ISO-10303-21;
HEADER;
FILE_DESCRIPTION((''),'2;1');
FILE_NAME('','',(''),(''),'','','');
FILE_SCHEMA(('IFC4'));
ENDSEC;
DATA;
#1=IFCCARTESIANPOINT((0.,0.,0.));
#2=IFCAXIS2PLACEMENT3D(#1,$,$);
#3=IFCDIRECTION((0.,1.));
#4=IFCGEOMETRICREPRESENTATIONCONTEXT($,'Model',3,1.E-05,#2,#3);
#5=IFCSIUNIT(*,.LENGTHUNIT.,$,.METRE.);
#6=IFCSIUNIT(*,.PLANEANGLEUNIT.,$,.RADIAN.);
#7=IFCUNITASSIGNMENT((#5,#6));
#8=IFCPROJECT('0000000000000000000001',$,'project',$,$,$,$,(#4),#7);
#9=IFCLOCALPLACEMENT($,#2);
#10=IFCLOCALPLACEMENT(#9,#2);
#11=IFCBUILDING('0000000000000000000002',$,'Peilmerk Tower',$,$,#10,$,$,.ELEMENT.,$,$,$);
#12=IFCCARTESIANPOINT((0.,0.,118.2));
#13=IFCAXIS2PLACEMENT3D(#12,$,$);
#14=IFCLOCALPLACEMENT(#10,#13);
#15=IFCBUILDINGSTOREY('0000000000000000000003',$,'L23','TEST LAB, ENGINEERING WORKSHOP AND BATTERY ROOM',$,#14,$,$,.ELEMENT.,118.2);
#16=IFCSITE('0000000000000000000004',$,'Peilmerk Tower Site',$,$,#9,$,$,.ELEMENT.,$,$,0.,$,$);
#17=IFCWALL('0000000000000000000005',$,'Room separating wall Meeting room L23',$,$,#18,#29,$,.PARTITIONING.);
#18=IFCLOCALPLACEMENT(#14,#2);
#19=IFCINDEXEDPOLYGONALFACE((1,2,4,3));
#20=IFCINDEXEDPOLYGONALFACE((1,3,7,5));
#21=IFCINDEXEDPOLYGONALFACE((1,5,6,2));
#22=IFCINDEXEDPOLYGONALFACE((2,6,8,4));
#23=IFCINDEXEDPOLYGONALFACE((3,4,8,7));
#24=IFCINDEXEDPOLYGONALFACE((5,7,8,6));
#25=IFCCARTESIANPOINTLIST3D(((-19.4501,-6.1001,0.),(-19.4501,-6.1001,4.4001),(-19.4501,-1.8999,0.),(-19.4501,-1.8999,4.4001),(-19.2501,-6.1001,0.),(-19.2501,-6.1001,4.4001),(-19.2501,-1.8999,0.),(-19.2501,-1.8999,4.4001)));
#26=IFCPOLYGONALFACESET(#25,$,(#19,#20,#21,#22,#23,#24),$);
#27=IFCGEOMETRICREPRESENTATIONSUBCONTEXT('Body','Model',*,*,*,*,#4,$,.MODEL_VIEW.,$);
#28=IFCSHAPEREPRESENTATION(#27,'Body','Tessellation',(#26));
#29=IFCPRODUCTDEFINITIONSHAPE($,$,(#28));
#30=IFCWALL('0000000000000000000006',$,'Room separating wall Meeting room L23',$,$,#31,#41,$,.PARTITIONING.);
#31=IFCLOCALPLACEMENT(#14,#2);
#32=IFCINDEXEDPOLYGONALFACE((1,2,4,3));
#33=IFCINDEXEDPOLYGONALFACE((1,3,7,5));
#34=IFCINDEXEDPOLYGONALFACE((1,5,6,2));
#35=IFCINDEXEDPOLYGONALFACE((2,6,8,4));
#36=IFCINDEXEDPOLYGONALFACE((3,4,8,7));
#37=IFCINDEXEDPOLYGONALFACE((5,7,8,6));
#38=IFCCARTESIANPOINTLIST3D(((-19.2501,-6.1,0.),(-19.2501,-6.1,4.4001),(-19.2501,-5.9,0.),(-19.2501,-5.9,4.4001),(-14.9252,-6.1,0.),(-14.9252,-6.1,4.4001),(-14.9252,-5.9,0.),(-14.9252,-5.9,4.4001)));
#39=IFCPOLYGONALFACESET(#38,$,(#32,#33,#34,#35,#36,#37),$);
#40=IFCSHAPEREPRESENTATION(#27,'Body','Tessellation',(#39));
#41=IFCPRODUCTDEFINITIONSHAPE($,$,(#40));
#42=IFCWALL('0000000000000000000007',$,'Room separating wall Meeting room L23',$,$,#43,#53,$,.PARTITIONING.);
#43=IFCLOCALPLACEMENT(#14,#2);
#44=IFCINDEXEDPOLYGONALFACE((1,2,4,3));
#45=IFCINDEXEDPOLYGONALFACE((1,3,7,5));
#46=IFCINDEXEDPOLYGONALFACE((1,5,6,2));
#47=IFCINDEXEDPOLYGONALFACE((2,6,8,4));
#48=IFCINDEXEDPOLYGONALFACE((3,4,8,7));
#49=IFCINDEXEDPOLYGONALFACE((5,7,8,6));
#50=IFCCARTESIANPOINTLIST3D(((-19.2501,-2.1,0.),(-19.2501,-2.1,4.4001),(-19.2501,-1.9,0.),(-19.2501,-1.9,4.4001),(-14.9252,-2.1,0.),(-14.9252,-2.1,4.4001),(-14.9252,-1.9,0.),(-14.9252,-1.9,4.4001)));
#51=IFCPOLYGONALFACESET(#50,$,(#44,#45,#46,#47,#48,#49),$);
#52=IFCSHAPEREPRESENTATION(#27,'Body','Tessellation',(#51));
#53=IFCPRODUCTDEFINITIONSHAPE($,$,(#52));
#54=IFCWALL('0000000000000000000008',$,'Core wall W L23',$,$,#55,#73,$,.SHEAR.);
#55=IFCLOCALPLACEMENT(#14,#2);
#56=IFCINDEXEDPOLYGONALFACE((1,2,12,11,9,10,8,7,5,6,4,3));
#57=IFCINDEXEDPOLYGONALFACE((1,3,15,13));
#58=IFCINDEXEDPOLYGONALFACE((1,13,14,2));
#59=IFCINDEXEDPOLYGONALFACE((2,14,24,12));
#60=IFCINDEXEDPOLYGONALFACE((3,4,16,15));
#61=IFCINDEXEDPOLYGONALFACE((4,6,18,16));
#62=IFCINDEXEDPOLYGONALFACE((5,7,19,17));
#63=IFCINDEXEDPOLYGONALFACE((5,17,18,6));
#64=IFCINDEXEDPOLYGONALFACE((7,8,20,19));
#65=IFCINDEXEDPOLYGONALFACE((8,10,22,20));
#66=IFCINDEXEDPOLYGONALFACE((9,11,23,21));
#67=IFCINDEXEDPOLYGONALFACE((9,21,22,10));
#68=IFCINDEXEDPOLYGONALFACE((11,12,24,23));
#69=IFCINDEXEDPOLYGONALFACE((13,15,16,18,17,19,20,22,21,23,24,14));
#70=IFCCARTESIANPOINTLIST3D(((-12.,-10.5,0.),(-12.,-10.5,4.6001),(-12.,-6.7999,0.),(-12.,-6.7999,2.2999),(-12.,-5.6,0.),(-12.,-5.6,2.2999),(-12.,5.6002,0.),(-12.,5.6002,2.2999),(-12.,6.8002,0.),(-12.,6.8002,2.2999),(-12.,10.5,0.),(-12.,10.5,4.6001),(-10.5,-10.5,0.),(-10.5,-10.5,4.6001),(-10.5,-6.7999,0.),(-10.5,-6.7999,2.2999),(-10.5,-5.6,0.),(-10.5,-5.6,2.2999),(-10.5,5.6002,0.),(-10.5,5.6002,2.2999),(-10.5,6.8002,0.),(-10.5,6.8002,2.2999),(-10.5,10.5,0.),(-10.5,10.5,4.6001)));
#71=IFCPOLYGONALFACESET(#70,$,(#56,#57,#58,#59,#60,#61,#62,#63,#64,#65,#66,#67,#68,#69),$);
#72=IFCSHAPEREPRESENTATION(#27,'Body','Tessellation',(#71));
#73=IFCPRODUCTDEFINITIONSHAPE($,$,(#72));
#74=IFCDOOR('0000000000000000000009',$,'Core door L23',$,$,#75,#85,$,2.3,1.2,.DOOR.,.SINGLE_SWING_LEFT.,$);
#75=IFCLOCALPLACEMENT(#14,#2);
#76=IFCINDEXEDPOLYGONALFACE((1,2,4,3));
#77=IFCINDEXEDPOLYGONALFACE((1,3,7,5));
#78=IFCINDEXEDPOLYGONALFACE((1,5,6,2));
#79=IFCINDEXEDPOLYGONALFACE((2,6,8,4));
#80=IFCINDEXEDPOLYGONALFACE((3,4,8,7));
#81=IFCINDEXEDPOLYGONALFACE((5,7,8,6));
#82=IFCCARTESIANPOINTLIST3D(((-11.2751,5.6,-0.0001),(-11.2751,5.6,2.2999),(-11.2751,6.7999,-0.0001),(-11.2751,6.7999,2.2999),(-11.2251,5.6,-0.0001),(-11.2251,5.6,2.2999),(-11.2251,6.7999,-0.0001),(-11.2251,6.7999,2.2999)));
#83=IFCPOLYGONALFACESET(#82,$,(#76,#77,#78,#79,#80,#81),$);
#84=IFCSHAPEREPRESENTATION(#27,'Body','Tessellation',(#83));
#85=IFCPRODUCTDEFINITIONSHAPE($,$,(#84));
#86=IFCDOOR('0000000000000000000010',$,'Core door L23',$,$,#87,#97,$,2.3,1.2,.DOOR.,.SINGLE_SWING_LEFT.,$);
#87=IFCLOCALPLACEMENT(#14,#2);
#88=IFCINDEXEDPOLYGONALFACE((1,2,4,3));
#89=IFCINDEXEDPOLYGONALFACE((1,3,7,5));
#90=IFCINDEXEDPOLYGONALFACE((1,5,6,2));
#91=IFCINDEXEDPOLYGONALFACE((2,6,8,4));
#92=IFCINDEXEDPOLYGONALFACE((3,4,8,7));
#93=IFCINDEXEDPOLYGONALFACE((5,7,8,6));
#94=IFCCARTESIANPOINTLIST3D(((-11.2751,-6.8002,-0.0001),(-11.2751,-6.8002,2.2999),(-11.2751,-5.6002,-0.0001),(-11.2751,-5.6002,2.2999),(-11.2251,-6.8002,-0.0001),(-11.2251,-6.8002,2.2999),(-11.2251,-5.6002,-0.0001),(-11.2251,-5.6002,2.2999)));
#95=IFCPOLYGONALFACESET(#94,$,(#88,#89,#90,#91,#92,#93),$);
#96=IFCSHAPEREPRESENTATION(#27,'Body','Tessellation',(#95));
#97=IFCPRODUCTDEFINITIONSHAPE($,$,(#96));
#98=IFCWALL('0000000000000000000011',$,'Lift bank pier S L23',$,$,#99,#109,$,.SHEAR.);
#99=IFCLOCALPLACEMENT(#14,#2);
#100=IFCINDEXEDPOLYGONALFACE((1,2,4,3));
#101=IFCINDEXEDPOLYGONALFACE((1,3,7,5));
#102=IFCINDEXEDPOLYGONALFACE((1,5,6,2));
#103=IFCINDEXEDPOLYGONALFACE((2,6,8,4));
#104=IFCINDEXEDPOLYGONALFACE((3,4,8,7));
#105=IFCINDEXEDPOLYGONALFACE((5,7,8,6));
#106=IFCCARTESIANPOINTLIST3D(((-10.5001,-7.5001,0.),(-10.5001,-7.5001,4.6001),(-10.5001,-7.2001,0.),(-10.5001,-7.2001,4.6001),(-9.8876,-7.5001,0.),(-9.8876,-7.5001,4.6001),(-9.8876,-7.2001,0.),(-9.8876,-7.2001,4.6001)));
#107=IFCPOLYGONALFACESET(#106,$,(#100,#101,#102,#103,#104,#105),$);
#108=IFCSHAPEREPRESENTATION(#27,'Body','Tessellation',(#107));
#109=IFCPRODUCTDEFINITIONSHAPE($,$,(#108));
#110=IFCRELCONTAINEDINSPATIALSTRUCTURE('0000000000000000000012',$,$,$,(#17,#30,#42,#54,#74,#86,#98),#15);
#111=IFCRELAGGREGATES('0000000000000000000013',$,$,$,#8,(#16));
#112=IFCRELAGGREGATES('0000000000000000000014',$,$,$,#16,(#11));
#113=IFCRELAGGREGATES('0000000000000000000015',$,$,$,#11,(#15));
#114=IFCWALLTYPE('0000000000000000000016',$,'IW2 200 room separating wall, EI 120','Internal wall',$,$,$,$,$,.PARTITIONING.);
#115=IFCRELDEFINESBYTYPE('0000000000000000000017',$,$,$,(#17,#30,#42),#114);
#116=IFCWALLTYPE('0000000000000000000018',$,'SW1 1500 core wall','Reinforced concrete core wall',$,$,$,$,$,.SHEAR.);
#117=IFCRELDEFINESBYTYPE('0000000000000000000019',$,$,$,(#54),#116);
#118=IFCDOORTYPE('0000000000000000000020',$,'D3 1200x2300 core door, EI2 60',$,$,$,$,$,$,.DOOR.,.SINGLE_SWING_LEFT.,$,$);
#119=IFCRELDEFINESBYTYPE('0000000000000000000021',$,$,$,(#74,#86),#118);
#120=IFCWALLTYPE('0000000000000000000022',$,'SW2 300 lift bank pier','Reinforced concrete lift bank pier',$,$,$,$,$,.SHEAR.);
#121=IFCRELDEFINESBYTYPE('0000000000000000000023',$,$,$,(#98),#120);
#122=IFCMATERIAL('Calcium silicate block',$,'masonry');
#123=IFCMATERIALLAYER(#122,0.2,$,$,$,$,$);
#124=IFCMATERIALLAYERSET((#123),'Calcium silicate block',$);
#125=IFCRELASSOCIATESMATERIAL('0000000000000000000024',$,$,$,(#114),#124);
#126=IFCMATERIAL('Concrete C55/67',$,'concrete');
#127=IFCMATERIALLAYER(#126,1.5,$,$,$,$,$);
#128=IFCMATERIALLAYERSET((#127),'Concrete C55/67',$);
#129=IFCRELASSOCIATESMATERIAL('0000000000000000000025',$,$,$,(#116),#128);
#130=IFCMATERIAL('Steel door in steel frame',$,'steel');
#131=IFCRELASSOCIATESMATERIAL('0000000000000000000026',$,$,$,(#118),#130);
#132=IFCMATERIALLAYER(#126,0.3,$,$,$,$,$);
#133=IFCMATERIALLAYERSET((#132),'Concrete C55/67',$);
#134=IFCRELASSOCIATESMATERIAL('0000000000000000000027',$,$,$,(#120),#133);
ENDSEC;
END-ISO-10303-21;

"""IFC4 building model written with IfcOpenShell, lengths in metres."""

from ifc_helpers import new_model, si_unit, direction, frame, frame_2d, origin, place, context, subcontext, project, spatial, rectangle, extrude, material, layer, layer_set, type_object, element, fill, save


model = new_model("IFC4")

# Units and contexts
model_context = context("Model", 3, precision=1e-05, world=origin(), true_north=direction((0.0, 1.0)))
body_context = subcontext(model_context, "Body", "Model", "MODEL_VIEW")
ifc_project = project(units=[si_unit("LENGTHUNIT", "METRE"), si_unit("PLANEANGLEUNIT", "RADIAN")], contexts=[model_context])

# Site, building, storey
site_placement = place(None, origin())
site = spatial("IfcSite", under=ifc_project, at=site_placement, Name="Peilmerk Tower Site", CompositionType="ELEMENT", RefElevation=0.0)
building_placement = place(site_placement, origin())
building = spatial("IfcBuilding", under=site, at=building_placement, Name="Peilmerk Tower", CompositionType="ELEMENT")
storey_placement = place(building_placement, frame((0.0, 0.0, 118.2)))
storey = spatial("IfcBuildingStorey", under=building, at=storey_placement, Name="L23", Description="TEST LAB, ENGINEERING WORKSHOP AND BATTERY ROOM", CompositionType="ELEMENT", Elevation=118.2)

# Walls
ifc_material_1 = material(Name="Calcium silicate block", Category="masonry")
ifc_layer_1 = layer(ifc_material_1, 0.2)
ifc_layer_set_1 = layer_set([ifc_layer_1], Name="Calcium silicate block")
wall_type_1 = type_object("IfcWallType", Name="IW2 200 room separating wall, EI 120", Description="Internal wall", PredefinedType="PARTITIONING", material=ifc_layer_set_1)
wall_1_placement = place(storey_placement, frame((-19.3501, -6.1001, 0.0), z_axis=(0.0, 0.0, 1.0), x_axis=(0.0, 1.0, 0.0)))
element("IfcWall", 1, at=wall_1_placement, inside=storey, type_object=wall_type_1, Name="Room separating wall Meeting room L23", PredefinedType="PARTITIONING", context=body_context, shape_type="SweptSolid", body=[
    extrude(rectangle(XDim=4.2002, YDim=0.2, at=frame_2d((2.1001, 0.0))), origin(), (0.0, 0.0, 1.0), 4.4001),
])
for number, where, z_axis, x_axis, name in (
    (2, (-14.925, -6.0, 0.0), (0.0, 0.0, 1.0), (-1.0, 0.0, 0.0), "Room separating wall Meeting room L23"),
    (3, (-14.925, -2.0, 0.0), (0.0, 0.0, 1.0), (-1.0, 0.0, 0.0), "Room separating wall Meeting room L23"),
):
    element("IfcWall", number, at=place(storey_placement, frame(where, z_axis=z_axis, x_axis=x_axis)), inside=storey, type_object=wall_type_1, Name=name, PredefinedType="PARTITIONING", context=body_context, shape_type="SweptSolid", body=[
        extrude(rectangle(XDim=4.325, YDim=0.2, at=frame_2d((2.1626, 0.0))), origin(), (0.0, 0.0, 1.0), 4.4001),
    ])

# Wall, openings, doors
ifc_material_2 = material(Name="Concrete C55/67", Category="concrete")
ifc_layer_2 = layer(ifc_material_2, 1.5)
ifc_layer_set_2 = layer_set([ifc_layer_2], Name="Concrete C55/67")
wall_type_2 = type_object("IfcWallType", Name="SW1 1500 core wall", Description="Reinforced concrete core wall", PredefinedType="SHEAR", material=ifc_layer_set_2)
wall_2_placement = place(storey_placement, frame((-11.25, -10.5, 0.0), z_axis=(0.0, 0.0, 1.0), x_axis=(0.0, 1.0, 0.0)))
wall_2 = element("IfcWall", 4, at=wall_2_placement, inside=storey, type_object=wall_type_2, Name="Core wall W L23", PredefinedType="SHEAR", context=body_context, shape_type="SweptSolid", body=[
    extrude(rectangle(XDim=21.0, YDim=1.5, at=frame_2d((10.5, 0.0))), origin(), (0.0, 0.0, 1.0), 4.6001),
])
opening_1_placement = place(wall_2_placement, frame((16.1001, 0.0, 0.0)))
opening_1 = element("IfcOpeningElement", 5, at=opening_1_placement, cuts=wall_2, PredefinedType="OPENING", context=body_context, shape_type="SweptSolid", body=[
    extrude(rectangle(XDim=1.2, YDim=2.3, at=frame_2d((0.6001, 1.1499))), frame((0.0, 0.76, 0.0), z_axis=(0.0, -1.0, 0.0), x_axis=(1.0, 0.0, 0.0)), (0.0, 0.0, 1.0), 1.52),
])
opening_2_placement = place(wall_2_placement, frame((3.7, 0.0, 0.0)))
opening_2 = element("IfcOpeningElement", 6, at=opening_2_placement, cuts=wall_2, PredefinedType="OPENING", context=body_context, shape_type="SweptSolid", body=[
    extrude(rectangle(XDim=1.2, YDim=2.3, at=frame_2d((0.6001, 1.1499))), frame((0.0, 0.76, 0.0), z_axis=(0.0, -1.0, 0.0), x_axis=(1.0, 0.0, 0.0)), (0.0, 0.0, 1.0), 1.52),
])
ifc_material_3 = material(Name="Steel door in steel frame", Category="steel")
door_type = type_object("IfcDoorType", Name="D3 1200x2300 core door, EI2 60", OperationType="SINGLE_SWING_LEFT", PredefinedType="DOOR", material=ifc_material_3)
door_1_placement = place(opening_1_placement, frame((1.2, 0.0, 0.0), z_axis=(0.0, 0.0, 1.0), x_axis=(-1.0, 0.0, 0.0)))
door_1 = element("IfcDoor", 7, at=door_1_placement, inside=storey, type_object=door_type, Name="Core door L23", OperationType="SINGLE_SWING_LEFT", OverallHeight=2.3, OverallWidth=1.2, PredefinedType="DOOR", context=body_context, shape_type="SweptSolid", body=[
    extrude(rectangle(XDim=1.2, YDim=2.3, at=frame_2d((0.6001, 1.1499))), frame((0.0, 0.0249, 0.0), z_axis=(0.0, -1.0, 0.0), x_axis=(1.0, 0.0, 0.0)), (0.0, 0.0, 1.0), 0.05),
])
fill(opening_1, door_1)
door_2_placement = place(opening_2_placement, frame((1.2, 0.0, 0.0), z_axis=(0.0, 0.0, 1.0), x_axis=(-1.0, 0.0, 0.0)))
door_2 = element("IfcDoor", 8, at=door_2_placement, inside=storey, type_object=door_type, Name="Core door L23", OperationType="SINGLE_SWING_LEFT", OverallHeight=2.3, OverallWidth=1.2, PredefinedType="DOOR", context=body_context, shape_type="SweptSolid", body=[
    extrude(rectangle(XDim=1.2, YDim=2.3, at=frame_2d((0.6001, 1.1499))), frame((0.0, 0.0249, 0.0), z_axis=(0.0, -1.0, 0.0), x_axis=(1.0, 0.0, 0.0)), (0.0, 0.0, 1.0), 0.05),
])
fill(opening_2, door_2)

# Wall
ifc_layer_3 = layer(ifc_material_2, 0.3)
ifc_layer_set_3 = layer_set([ifc_layer_3], Name="Concrete C55/67")
wall_type_3 = type_object("IfcWallType", Name="SW2 300 lift bank pier", Description="Reinforced concrete lift bank pier", PredefinedType="SHEAR", material=ifc_layer_set_3)
wall_3_placement = place(storey_placement, frame((-10.5, -7.3501, 0.0), z_axis=(0.0, 0.0, 1.0), x_axis=(1.0, 0.0, 0.0)))
element("IfcWall", 9, at=wall_3_placement, inside=storey, type_object=wall_type_3, Name="Lift bank pier S L23", PredefinedType="SHEAR", context=body_context, shape_type="SweptSolid", body=[
    extrude(rectangle(XDim=0.6125, YDim=0.3, at=frame_2d((0.3062, 0.0))), origin(), (0.0, 0.0, 1.0), 4.6001),
])

save(model, "model.ifc")
